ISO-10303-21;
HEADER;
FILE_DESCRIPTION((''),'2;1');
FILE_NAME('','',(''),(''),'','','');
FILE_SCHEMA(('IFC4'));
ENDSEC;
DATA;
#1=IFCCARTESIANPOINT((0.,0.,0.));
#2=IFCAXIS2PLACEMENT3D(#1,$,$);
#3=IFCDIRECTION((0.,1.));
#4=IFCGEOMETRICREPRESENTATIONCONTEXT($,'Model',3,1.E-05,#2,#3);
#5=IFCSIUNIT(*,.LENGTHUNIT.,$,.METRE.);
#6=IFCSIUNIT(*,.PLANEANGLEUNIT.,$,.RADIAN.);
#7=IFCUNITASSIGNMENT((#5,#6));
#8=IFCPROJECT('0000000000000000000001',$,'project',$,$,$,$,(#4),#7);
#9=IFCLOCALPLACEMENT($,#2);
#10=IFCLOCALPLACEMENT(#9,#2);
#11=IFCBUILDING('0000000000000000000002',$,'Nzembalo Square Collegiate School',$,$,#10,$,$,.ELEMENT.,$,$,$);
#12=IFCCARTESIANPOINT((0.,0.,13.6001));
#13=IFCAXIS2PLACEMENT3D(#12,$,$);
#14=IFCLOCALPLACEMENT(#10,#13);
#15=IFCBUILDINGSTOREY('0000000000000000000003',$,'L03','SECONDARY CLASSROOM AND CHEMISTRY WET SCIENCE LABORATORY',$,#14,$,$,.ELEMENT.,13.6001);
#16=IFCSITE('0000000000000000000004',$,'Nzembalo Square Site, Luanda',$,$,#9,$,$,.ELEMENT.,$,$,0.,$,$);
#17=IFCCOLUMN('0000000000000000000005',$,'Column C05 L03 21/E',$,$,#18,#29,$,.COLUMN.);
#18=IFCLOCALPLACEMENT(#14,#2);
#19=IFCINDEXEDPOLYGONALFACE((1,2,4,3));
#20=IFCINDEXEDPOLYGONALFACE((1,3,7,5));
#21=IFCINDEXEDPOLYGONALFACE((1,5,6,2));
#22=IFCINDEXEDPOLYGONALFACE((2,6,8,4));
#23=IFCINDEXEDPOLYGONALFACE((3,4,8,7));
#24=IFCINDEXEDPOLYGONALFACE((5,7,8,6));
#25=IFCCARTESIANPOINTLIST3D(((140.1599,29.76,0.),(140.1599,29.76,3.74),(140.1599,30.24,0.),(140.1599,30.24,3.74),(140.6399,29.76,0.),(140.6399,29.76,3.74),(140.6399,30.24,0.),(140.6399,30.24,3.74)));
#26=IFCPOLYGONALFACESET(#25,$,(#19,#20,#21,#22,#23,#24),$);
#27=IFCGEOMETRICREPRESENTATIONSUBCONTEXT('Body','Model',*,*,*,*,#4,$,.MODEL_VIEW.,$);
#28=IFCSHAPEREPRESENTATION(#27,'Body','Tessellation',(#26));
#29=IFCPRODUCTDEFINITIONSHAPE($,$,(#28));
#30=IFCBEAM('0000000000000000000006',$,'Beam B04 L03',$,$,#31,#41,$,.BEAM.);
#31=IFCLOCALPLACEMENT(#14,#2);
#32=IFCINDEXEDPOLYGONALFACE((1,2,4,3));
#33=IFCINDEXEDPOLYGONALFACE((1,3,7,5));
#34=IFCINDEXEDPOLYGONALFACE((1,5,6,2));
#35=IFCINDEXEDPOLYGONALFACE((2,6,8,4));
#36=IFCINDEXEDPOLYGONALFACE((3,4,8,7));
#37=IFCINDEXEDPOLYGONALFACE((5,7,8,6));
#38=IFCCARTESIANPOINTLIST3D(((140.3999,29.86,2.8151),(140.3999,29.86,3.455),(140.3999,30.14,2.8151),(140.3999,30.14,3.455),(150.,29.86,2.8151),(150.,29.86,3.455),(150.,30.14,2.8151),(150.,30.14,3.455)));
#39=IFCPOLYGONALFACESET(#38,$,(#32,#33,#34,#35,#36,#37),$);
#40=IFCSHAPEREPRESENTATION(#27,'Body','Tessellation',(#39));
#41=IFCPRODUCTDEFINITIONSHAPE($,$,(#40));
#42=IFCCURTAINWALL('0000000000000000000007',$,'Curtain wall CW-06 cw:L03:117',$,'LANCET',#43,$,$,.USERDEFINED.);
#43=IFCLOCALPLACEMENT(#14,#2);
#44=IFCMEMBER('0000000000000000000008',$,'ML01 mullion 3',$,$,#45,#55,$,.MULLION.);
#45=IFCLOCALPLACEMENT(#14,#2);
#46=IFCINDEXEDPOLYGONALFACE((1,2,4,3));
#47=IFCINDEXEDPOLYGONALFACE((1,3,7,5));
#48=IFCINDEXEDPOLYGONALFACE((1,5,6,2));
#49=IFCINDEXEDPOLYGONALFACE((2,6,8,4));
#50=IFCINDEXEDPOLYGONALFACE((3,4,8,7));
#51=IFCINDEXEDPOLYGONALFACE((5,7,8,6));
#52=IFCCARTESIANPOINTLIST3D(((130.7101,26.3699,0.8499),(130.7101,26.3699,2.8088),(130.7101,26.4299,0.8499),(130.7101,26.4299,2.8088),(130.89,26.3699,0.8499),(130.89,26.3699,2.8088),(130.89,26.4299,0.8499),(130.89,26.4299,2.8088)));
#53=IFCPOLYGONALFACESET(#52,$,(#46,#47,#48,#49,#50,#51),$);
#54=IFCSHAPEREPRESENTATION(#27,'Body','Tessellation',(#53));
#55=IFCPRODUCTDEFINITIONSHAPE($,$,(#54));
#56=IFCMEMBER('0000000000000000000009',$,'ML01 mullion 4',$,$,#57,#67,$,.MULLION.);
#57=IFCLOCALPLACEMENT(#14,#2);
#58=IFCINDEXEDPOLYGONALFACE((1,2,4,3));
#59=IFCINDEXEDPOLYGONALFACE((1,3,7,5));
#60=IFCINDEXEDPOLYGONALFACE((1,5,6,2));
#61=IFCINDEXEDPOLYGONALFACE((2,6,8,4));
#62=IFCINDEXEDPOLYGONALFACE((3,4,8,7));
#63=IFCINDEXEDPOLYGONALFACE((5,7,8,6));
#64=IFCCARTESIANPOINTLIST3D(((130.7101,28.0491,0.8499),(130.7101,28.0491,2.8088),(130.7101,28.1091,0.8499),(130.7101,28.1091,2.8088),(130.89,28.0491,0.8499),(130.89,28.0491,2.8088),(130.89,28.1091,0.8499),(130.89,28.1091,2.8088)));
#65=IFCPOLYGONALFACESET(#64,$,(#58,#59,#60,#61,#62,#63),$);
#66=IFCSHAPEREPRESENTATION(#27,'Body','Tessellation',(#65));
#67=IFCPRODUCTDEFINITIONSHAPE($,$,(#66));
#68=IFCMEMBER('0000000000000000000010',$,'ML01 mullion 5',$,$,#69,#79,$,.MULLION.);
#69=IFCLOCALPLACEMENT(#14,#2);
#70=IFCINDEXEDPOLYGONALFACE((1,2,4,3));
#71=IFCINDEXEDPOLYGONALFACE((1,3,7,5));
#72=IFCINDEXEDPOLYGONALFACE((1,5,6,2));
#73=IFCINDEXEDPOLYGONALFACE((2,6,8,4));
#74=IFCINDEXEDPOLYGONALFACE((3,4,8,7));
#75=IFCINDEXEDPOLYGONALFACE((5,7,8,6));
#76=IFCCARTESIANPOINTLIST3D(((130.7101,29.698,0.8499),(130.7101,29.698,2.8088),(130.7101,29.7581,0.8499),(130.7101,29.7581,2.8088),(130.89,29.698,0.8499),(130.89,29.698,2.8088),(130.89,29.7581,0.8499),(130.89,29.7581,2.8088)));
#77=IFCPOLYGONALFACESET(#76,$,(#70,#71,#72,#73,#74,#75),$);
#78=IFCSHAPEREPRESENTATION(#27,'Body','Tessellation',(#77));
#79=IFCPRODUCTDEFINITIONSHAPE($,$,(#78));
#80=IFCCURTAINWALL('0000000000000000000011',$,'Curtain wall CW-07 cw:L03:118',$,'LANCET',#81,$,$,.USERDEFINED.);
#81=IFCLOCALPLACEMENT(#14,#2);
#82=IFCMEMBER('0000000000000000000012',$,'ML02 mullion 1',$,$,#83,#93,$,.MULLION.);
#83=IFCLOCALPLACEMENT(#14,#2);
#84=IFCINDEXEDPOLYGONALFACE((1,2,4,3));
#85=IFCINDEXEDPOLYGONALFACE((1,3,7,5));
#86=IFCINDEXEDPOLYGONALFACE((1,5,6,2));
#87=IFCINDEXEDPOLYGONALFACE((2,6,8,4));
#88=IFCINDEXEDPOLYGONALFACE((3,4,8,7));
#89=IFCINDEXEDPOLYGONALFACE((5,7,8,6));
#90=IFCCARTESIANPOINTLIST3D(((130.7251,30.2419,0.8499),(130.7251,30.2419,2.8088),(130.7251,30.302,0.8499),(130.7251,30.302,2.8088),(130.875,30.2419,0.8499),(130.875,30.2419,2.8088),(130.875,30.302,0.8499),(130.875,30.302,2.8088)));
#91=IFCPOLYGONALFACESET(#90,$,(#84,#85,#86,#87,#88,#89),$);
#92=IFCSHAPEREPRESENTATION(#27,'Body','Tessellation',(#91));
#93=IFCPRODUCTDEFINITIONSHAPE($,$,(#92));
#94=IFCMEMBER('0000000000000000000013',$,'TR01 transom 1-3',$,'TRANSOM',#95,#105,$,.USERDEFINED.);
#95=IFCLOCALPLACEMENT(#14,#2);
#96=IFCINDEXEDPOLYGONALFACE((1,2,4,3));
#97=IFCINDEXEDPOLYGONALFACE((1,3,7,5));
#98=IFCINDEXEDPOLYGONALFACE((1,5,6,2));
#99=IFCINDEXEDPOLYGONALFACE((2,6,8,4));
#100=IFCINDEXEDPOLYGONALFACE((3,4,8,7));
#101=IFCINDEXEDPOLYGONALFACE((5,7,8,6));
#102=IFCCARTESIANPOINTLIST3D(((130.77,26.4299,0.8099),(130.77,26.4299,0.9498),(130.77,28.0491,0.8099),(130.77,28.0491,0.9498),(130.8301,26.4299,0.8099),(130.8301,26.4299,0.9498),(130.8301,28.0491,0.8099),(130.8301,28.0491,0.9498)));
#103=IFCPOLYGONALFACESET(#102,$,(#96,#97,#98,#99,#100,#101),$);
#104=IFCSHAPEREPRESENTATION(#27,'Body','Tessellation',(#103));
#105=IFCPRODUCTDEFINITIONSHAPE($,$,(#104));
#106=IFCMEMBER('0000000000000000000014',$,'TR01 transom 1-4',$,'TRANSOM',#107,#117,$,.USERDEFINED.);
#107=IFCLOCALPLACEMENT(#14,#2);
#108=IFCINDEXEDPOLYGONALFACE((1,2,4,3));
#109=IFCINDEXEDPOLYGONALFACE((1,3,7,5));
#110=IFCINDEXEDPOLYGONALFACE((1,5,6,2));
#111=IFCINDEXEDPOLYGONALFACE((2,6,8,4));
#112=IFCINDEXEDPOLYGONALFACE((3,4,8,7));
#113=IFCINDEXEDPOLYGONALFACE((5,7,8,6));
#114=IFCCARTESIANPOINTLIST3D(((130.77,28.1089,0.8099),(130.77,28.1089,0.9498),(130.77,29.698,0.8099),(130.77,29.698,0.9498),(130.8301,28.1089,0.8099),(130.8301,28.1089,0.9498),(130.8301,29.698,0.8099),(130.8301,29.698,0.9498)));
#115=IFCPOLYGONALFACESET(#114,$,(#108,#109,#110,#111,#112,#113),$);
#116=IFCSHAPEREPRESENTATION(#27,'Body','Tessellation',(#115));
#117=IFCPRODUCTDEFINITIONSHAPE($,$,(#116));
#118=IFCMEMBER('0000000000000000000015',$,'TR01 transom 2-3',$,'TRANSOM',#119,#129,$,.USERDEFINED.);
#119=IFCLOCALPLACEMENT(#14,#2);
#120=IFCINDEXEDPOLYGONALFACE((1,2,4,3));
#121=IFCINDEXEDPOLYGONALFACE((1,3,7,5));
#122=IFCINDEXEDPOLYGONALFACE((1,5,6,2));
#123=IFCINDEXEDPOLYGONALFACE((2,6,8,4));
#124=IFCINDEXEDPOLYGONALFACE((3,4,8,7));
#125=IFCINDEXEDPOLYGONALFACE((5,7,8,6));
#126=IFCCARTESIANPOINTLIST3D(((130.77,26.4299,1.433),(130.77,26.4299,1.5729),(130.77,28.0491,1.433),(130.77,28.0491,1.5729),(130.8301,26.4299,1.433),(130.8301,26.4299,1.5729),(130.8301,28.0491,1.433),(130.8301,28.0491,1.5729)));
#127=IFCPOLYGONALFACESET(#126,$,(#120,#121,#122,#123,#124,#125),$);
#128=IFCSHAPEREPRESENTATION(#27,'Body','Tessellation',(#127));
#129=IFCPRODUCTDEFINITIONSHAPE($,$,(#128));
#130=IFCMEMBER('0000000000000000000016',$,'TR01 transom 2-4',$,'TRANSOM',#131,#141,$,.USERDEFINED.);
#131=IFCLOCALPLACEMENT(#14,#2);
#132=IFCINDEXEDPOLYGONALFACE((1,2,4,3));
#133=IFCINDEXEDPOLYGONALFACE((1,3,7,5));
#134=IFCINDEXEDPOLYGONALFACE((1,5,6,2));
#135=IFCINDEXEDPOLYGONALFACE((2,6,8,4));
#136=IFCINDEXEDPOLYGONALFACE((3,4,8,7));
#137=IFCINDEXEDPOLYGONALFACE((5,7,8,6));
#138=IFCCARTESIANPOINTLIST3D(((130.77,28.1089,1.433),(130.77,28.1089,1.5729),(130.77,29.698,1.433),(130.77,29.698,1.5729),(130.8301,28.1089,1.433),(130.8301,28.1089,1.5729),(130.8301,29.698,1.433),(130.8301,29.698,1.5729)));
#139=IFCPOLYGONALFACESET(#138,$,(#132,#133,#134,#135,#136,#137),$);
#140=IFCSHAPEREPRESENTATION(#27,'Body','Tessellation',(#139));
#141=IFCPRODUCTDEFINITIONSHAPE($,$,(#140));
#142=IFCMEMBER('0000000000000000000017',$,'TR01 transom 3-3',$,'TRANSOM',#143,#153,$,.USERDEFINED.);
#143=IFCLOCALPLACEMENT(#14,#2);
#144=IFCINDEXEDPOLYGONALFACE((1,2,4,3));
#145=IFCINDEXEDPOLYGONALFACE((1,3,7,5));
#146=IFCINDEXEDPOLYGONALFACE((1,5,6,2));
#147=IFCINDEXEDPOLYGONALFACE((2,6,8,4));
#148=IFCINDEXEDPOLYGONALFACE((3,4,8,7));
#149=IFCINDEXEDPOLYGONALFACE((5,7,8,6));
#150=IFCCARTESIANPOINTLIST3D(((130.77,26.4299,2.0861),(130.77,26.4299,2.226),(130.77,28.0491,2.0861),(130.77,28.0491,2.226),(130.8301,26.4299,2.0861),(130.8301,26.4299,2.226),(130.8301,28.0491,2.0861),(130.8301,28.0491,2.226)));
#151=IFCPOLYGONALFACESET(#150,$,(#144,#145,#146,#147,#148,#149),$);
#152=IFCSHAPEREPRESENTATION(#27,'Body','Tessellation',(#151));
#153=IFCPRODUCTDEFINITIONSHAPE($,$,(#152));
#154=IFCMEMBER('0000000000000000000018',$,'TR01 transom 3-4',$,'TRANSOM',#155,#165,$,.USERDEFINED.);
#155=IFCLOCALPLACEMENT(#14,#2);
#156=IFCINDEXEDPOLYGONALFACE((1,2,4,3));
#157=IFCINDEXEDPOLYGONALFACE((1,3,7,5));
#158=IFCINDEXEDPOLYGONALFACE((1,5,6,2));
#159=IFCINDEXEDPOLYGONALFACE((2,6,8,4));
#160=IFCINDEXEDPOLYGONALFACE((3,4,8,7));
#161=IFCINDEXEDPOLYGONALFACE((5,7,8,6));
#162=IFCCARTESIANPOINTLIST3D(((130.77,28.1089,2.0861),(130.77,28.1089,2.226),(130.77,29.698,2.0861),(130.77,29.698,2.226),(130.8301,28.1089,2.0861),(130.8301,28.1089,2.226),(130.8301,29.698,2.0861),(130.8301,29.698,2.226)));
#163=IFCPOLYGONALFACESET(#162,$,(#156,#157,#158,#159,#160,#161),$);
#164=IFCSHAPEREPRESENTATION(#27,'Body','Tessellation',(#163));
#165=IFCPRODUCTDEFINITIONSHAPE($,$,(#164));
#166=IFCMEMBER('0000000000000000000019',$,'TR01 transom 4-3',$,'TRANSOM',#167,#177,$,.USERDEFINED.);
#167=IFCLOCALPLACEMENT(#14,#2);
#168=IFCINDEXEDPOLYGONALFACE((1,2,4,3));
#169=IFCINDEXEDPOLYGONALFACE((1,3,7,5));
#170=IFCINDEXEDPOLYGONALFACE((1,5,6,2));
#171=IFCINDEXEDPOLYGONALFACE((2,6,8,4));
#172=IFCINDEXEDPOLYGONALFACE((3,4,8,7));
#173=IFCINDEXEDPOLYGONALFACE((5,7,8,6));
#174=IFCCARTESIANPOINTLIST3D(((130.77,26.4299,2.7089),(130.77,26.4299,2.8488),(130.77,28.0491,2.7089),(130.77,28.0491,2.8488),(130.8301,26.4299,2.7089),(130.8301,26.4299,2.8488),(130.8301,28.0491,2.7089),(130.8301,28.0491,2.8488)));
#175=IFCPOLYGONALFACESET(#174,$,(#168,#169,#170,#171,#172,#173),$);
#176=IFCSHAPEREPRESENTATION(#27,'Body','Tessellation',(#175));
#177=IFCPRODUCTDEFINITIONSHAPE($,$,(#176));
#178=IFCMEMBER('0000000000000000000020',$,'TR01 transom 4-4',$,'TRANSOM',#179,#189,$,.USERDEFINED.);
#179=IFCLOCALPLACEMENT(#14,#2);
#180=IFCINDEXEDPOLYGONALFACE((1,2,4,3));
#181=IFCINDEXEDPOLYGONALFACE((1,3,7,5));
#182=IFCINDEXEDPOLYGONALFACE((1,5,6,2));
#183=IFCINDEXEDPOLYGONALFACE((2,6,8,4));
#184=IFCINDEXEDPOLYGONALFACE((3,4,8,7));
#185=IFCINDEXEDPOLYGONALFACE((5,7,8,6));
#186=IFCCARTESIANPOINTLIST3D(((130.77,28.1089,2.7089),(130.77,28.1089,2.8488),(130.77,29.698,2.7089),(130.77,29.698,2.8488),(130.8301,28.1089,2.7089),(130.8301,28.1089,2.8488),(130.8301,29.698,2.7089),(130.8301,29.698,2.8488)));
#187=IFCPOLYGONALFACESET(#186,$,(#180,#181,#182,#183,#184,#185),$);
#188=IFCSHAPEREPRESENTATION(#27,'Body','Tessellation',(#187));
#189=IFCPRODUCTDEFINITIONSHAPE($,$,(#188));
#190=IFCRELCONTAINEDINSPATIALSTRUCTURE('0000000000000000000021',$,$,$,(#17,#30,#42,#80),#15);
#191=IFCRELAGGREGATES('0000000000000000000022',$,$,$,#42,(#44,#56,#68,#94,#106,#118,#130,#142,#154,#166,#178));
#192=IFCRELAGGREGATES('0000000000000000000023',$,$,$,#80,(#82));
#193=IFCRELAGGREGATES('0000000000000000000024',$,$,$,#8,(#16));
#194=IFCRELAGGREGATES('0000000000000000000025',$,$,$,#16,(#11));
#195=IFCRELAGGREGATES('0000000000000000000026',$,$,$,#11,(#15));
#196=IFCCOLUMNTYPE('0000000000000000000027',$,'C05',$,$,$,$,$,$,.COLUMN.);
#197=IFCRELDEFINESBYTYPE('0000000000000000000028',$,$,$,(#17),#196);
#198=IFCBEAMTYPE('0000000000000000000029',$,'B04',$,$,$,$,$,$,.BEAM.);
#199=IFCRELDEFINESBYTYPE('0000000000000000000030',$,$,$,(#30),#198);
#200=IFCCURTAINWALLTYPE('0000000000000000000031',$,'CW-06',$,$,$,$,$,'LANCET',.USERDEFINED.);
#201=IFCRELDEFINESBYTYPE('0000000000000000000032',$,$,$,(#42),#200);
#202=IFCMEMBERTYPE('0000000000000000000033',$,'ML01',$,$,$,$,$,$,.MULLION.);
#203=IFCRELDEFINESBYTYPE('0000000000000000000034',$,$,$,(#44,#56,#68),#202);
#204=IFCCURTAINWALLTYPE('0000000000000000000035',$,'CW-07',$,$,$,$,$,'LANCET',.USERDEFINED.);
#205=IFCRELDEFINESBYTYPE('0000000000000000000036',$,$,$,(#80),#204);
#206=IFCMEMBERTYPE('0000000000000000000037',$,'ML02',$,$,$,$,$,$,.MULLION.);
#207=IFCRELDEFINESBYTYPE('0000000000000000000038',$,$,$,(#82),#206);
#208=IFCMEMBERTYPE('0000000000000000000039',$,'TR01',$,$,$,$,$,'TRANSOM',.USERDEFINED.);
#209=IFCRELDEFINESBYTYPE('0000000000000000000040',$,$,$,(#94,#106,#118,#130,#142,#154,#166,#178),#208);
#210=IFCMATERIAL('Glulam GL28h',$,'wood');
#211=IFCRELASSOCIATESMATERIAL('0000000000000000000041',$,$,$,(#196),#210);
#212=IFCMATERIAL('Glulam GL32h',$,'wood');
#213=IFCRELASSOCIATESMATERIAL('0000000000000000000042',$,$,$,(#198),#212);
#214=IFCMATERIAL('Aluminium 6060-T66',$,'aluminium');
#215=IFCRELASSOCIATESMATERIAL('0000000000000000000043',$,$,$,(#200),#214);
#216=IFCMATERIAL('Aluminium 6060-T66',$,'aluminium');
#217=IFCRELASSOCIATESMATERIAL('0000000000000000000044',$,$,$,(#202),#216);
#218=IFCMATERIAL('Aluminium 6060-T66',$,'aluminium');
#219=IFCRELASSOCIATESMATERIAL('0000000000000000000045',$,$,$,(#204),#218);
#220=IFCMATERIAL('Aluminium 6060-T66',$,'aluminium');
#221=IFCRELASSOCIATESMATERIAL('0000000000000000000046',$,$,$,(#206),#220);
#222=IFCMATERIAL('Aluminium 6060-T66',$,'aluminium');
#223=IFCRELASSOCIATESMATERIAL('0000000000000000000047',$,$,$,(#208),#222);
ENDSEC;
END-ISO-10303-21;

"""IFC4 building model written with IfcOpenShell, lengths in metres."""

from ifc_helpers import new_model, si_unit, direction, frame, origin, origin_2d, place, context, subcontext, project, spatial, rectangle, extrude, material, material_profile, profile_set, type_object, element, aggregate, save


model = new_model("IFC4")

# Units and contexts
model_context = context("Model", 3, precision=1e-05, world=origin(), true_north=direction((0.0, 1.0)))
body_context = subcontext(model_context, "Body", "Model", "MODEL_VIEW")
ifc_project = project(units=[si_unit("LENGTHUNIT", "METRE"), si_unit("PLANEANGLEUNIT", "RADIAN")], contexts=[model_context])

# Site, building, storey
site_placement = place(None, origin())
site = spatial("IfcSite", under=ifc_project, at=site_placement, Name="Nzembalo Square Site, Luanda", CompositionType="ELEMENT", RefElevation=0.0)
building_placement = place(site_placement, origin())
building = spatial("IfcBuilding", under=site, at=building_placement, Name="Nzembalo Square Collegiate School", CompositionType="ELEMENT")
storey_placement = place(building_placement, frame((0.0, 0.0, 13.6001)))
storey = spatial("IfcBuildingStorey", under=building, at=storey_placement, Name="L03", Description="SECONDARY CLASSROOM AND CHEMISTRY WET SCIENCE LABORATORY", CompositionType="ELEMENT", Elevation=13.6001)

# Column
ifc_material_1 = material(Name="Glulam GL28h", Category="wood")
ifc_material_profile_1 = material_profile(ifc_material_1, rectangle(XDim=0.48, YDim=0.48, at=origin_2d()), Name="GL28h 480x480")
ifc_profile_set_1 = profile_set([ifc_material_profile_1], Name="Glulam GL28h")
column_type = type_object("IfcColumnType", Name="C05", PredefinedType="COLUMN", material=ifc_profile_set_1)
column_placement = place(storey_placement, frame((140.3999, 30.0, 0.0), z_axis=(0.0, 0.0, 1.0), x_axis=(1.0, 0.0, 0.0)))
element("IfcColumn", 1, at=column_placement, inside=storey, type_object=column_type, Name="Column C05 L03 21/E", PredefinedType="COLUMN", context=body_context, shape_type="SweptSolid", body=[
    extrude(rectangle(XDim=0.48, YDim=0.48, at=origin_2d()), origin(), (0.0, 0.0, 1.0), 3.74),
])

# Beam
ifc_material_2 = material(Name="Glulam GL32h", Category="wood")
ifc_material_profile_2 = material_profile(ifc_material_2, rectangle(XDim=0.28, YDim=0.6399, at=origin_2d()), Name="GL32h 280x640")
ifc_profile_set_2 = profile_set([ifc_material_profile_2], Name="Glulam GL32h")
beam_type = type_object("IfcBeamType", Name="B04", PredefinedType="BEAM", material=ifc_profile_set_2)
beam_placement = place(storey_placement, frame((140.3999, 30.0, 3.135), z_axis=(1.0, 0.0, 0.0), x_axis=(0.0, 1.0, 0.0)))
element("IfcBeam", 2, at=beam_placement, inside=storey, type_object=beam_type, Name="Beam B04 L03", PredefinedType="BEAM", context=body_context, shape_type="SweptSolid", body=[
    extrude(rectangle(XDim=0.28, YDim=0.6399, at=origin_2d()), origin(), (0.0, 0.0, 1.0), 9.6001),
])

# Curtain wall, members
ifc_material_3 = material(Name="Aluminium 6060-T66", Category="aluminium")
curtain_wall_type_1 = type_object("IfcCurtainWallType", Name="CW-06", ElementType="LANCET", PredefinedType="USERDEFINED", material=ifc_material_3)
curtain_wall_1_placement = place(storey_placement, origin())
curtain_wall_1 = element("IfcCurtainWall", 3, at=curtain_wall_1_placement, inside=storey, type_object=curtain_wall_type_1, Name="Curtain wall CW-06 cw:L03:117", ObjectType="LANCET", PredefinedType="USERDEFINED")
ifc_material_4 = material(Name="Aluminium 6060-T66", Category="aluminium")
ifc_material_profile_3 = material_profile(ifc_material_4, rectangle(XDim=0.0601, YDim=0.1799, at=origin_2d()), Name="ALU M60x180")
ifc_profile_set_3 = profile_set([ifc_material_profile_3], Name="Aluminium 6060-T66")
member_type_1 = type_object("IfcMemberType", Name="ML01", PredefinedType="MULLION", material=ifc_profile_set_3)
member_1_placement = place(storey_placement, frame((130.8, 26.3999, 0.8499), z_axis=(0.0, 0.0, 1.0), x_axis=(0.0, 1.0, 0.0)))
member_1 = element("IfcMember", 4, at=member_1_placement, type_object=member_type_1, Name="ML01 mullion 3", PredefinedType="MULLION", context=body_context, shape_type="SweptSolid", body=[
    extrude(rectangle(XDim=0.0601, YDim=0.1799, at=origin_2d()), origin(), (0.0, 0.0, 1.0), 1.959),
])
member_2_placement = place(storey_placement, frame((130.8, 28.0791, 0.8499), z_axis=(0.0, 0.0, 1.0), x_axis=(0.0, 1.0, 0.0)))
member_2 = element("IfcMember", 5, at=member_2_placement, type_object=member_type_1, Name="ML01 mullion 4", PredefinedType="MULLION", context=body_context, shape_type="SweptSolid", body=[
    extrude(rectangle(XDim=0.0601, YDim=0.1799, at=origin_2d()), origin(), (0.0, 0.0, 1.0), 1.959),
])
member_3_placement = place(storey_placement, frame((130.8, 29.728, 0.8499), z_axis=(0.0, 0.0, 1.0), x_axis=(0.0, 1.0, 0.0)))
member_3 = element("IfcMember", 6, at=member_3_placement, type_object=member_type_1, Name="ML01 mullion 5", PredefinedType="MULLION", context=body_context, shape_type="SweptSolid", body=[
    extrude(rectangle(XDim=0.0601, YDim=0.1799, at=origin_2d()), origin(), (0.0, 0.0, 1.0), 1.959),
])

# Curtain wall, member
ifc_material_5 = material(Name="Aluminium 6060-T66", Category="aluminium")
curtain_wall_type_2 = type_object("IfcCurtainWallType", Name="CW-07", ElementType="LANCET", PredefinedType="USERDEFINED", material=ifc_material_5)
curtain_wall_2_placement = place(storey_placement, origin())
curtain_wall_2 = element("IfcCurtainWall", 7, at=curtain_wall_2_placement, inside=storey, type_object=curtain_wall_type_2, Name="Curtain wall CW-07 cw:L03:118", ObjectType="LANCET", PredefinedType="USERDEFINED")
ifc_material_6 = material(Name="Aluminium 6060-T66", Category="aluminium")
ifc_material_profile_4 = material_profile(ifc_material_6, rectangle(XDim=0.0601, YDim=0.1499, at=origin_2d()), Name="ALU M60x150")
ifc_profile_set_4 = profile_set([ifc_material_profile_4], Name="Aluminium 6060-T66")
member_type_2 = type_object("IfcMemberType", Name="ML02", PredefinedType="MULLION", material=ifc_profile_set_4)
member_4_placement = place(storey_placement, frame((130.8, 30.272, 0.8499), z_axis=(0.0, 0.0, 1.0), x_axis=(0.0, 1.0, 0.0)))
member_4 = element("IfcMember", 8, at=member_4_placement, type_object=member_type_2, Name="ML02 mullion 1", PredefinedType="MULLION", context=body_context, shape_type="SweptSolid", body=[
    extrude(rectangle(XDim=0.0601, YDim=0.1499, at=origin_2d()), origin(), (0.0, 0.0, 1.0), 1.959),
])

# Members
ifc_material_7 = material(Name="Aluminium 6060-T66", Category="aluminium")
ifc_material_profile_5 = material_profile(ifc_material_7, rectangle(XDim=0.0601, YDim=0.1399, at=origin_2d()), Name="ALU T60x140")
ifc_profile_set_5 = profile_set([ifc_material_profile_5], Name="Aluminium 6060-T66")
member_type_3 = type_object("IfcMemberType", Name="TR01", ElementType="TRANSOM", PredefinedType="USERDEFINED", material=ifc_profile_set_5)
member_5_placement = place(storey_placement, frame((130.8, 26.4299, 0.8799), z_axis=(0.0, 1.0, 0.0), x_axis=(-1.0, 0.0, 0.0)))
member_5 = element("IfcMember", 9, at=member_5_placement, type_object=member_type_3, Name="TR01 transom 1-3", ObjectType="TRANSOM", PredefinedType="USERDEFINED", context=body_context, shape_type="SweptSolid", body=[
    extrude(rectangle(XDim=0.0601, YDim=0.1399, at=origin_2d()), origin(), (0.0, 0.0, 1.0), 1.6191),
])
member_6_placement = place(storey_placement, frame((130.8, 28.1089, 0.8799), z_axis=(0.0, 1.0, 0.0), x_axis=(-1.0, 0.0, 0.0)))
member_6 = element("IfcMember", 10, at=member_6_placement, type_object=member_type_3, Name="TR01 transom 1-4", ObjectType="TRANSOM", PredefinedType="USERDEFINED", context=body_context, shape_type="SweptSolid", body=[
    extrude(rectangle(XDim=0.0601, YDim=0.1399, at=origin_2d()), origin(), (0.0, 0.0, 1.0), 1.5891),
])
member_7_placement = place(storey_placement, frame((130.8, 26.4299, 1.5029), z_axis=(0.0, 1.0, 0.0), x_axis=(-1.0, 0.0, 0.0)))
member_7 = element("IfcMember", 11, at=member_7_placement, type_object=member_type_3, Name="TR01 transom 2-3", ObjectType="TRANSOM", PredefinedType="USERDEFINED", context=body_context, shape_type="SweptSolid", body=[
    extrude(rectangle(XDim=0.0601, YDim=0.1399, at=origin_2d()), origin(), (0.0, 0.0, 1.0), 1.6191),
])
member_8_placement = place(storey_placement, frame((130.8, 28.1089, 1.5029), z_axis=(0.0, 1.0, 0.0), x_axis=(-1.0, 0.0, 0.0)))
member_8 = element("IfcMember", 12, at=member_8_placement, type_object=member_type_3, Name="TR01 transom 2-4", ObjectType="TRANSOM", PredefinedType="USERDEFINED", context=body_context, shape_type="SweptSolid", body=[
    extrude(rectangle(XDim=0.0601, YDim=0.1399, at=origin_2d()), origin(), (0.0, 0.0, 1.0), 1.5891),
])
member_9_placement = place(storey_placement, frame((130.8, 26.4299, 2.156), z_axis=(0.0, 1.0, 0.0), x_axis=(-1.0, 0.0, 0.0)))
member_9 = element("IfcMember", 13, at=member_9_placement, type_object=member_type_3, Name="TR01 transom 3-3", ObjectType="TRANSOM", PredefinedType="USERDEFINED", context=body_context, shape_type="SweptSolid", body=[
    extrude(rectangle(XDim=0.0601, YDim=0.1399, at=origin_2d()), origin(), (0.0, 0.0, 1.0), 1.6191),
])
member_10_placement = place(storey_placement, frame((130.8, 28.1089, 2.156), z_axis=(0.0, 1.0, 0.0), x_axis=(-1.0, 0.0, 0.0)))
member_10 = element("IfcMember", 14, at=member_10_placement, type_object=member_type_3, Name="TR01 transom 3-4", ObjectType="TRANSOM", PredefinedType="USERDEFINED", context=body_context, shape_type="SweptSolid", body=[
    extrude(rectangle(XDim=0.0601, YDim=0.1399, at=origin_2d()), origin(), (0.0, 0.0, 1.0), 1.5891),
])
member_11_placement = place(storey_placement, frame((130.8, 26.4299, 2.7788), z_axis=(0.0, 1.0, 0.0), x_axis=(-1.0, 0.0, 0.0)))
member_11 = element("IfcMember", 15, at=member_11_placement, type_object=member_type_3, Name="TR01 transom 4-3", ObjectType="TRANSOM", PredefinedType="USERDEFINED", context=body_context, shape_type="SweptSolid", body=[
    extrude(rectangle(XDim=0.0601, YDim=0.1399, at=origin_2d()), origin(), (0.0, 0.0, 1.0), 1.6191),
])
member_12_placement = place(storey_placement, frame((130.8, 28.1089, 2.7788), z_axis=(0.0, 1.0, 0.0), x_axis=(-1.0, 0.0, 0.0)))
member_12 = element("IfcMember", 16, at=member_12_placement, type_object=member_type_3, Name="TR01 transom 4-4", ObjectType="TRANSOM", PredefinedType="USERDEFINED", context=body_context, shape_type="SweptSolid", body=[
    extrude(rectangle(XDim=0.0601, YDim=0.1399, at=origin_2d()), origin(), (0.0, 0.0, 1.0), 1.5891),
])

aggregate(curtain_wall_1, [member_1, member_2, member_3, member_5, member_6, member_7, member_8, member_9, member_10, member_11, member_12])
aggregate(curtain_wall_2, [member_4])

save(model, "model.ifc")
